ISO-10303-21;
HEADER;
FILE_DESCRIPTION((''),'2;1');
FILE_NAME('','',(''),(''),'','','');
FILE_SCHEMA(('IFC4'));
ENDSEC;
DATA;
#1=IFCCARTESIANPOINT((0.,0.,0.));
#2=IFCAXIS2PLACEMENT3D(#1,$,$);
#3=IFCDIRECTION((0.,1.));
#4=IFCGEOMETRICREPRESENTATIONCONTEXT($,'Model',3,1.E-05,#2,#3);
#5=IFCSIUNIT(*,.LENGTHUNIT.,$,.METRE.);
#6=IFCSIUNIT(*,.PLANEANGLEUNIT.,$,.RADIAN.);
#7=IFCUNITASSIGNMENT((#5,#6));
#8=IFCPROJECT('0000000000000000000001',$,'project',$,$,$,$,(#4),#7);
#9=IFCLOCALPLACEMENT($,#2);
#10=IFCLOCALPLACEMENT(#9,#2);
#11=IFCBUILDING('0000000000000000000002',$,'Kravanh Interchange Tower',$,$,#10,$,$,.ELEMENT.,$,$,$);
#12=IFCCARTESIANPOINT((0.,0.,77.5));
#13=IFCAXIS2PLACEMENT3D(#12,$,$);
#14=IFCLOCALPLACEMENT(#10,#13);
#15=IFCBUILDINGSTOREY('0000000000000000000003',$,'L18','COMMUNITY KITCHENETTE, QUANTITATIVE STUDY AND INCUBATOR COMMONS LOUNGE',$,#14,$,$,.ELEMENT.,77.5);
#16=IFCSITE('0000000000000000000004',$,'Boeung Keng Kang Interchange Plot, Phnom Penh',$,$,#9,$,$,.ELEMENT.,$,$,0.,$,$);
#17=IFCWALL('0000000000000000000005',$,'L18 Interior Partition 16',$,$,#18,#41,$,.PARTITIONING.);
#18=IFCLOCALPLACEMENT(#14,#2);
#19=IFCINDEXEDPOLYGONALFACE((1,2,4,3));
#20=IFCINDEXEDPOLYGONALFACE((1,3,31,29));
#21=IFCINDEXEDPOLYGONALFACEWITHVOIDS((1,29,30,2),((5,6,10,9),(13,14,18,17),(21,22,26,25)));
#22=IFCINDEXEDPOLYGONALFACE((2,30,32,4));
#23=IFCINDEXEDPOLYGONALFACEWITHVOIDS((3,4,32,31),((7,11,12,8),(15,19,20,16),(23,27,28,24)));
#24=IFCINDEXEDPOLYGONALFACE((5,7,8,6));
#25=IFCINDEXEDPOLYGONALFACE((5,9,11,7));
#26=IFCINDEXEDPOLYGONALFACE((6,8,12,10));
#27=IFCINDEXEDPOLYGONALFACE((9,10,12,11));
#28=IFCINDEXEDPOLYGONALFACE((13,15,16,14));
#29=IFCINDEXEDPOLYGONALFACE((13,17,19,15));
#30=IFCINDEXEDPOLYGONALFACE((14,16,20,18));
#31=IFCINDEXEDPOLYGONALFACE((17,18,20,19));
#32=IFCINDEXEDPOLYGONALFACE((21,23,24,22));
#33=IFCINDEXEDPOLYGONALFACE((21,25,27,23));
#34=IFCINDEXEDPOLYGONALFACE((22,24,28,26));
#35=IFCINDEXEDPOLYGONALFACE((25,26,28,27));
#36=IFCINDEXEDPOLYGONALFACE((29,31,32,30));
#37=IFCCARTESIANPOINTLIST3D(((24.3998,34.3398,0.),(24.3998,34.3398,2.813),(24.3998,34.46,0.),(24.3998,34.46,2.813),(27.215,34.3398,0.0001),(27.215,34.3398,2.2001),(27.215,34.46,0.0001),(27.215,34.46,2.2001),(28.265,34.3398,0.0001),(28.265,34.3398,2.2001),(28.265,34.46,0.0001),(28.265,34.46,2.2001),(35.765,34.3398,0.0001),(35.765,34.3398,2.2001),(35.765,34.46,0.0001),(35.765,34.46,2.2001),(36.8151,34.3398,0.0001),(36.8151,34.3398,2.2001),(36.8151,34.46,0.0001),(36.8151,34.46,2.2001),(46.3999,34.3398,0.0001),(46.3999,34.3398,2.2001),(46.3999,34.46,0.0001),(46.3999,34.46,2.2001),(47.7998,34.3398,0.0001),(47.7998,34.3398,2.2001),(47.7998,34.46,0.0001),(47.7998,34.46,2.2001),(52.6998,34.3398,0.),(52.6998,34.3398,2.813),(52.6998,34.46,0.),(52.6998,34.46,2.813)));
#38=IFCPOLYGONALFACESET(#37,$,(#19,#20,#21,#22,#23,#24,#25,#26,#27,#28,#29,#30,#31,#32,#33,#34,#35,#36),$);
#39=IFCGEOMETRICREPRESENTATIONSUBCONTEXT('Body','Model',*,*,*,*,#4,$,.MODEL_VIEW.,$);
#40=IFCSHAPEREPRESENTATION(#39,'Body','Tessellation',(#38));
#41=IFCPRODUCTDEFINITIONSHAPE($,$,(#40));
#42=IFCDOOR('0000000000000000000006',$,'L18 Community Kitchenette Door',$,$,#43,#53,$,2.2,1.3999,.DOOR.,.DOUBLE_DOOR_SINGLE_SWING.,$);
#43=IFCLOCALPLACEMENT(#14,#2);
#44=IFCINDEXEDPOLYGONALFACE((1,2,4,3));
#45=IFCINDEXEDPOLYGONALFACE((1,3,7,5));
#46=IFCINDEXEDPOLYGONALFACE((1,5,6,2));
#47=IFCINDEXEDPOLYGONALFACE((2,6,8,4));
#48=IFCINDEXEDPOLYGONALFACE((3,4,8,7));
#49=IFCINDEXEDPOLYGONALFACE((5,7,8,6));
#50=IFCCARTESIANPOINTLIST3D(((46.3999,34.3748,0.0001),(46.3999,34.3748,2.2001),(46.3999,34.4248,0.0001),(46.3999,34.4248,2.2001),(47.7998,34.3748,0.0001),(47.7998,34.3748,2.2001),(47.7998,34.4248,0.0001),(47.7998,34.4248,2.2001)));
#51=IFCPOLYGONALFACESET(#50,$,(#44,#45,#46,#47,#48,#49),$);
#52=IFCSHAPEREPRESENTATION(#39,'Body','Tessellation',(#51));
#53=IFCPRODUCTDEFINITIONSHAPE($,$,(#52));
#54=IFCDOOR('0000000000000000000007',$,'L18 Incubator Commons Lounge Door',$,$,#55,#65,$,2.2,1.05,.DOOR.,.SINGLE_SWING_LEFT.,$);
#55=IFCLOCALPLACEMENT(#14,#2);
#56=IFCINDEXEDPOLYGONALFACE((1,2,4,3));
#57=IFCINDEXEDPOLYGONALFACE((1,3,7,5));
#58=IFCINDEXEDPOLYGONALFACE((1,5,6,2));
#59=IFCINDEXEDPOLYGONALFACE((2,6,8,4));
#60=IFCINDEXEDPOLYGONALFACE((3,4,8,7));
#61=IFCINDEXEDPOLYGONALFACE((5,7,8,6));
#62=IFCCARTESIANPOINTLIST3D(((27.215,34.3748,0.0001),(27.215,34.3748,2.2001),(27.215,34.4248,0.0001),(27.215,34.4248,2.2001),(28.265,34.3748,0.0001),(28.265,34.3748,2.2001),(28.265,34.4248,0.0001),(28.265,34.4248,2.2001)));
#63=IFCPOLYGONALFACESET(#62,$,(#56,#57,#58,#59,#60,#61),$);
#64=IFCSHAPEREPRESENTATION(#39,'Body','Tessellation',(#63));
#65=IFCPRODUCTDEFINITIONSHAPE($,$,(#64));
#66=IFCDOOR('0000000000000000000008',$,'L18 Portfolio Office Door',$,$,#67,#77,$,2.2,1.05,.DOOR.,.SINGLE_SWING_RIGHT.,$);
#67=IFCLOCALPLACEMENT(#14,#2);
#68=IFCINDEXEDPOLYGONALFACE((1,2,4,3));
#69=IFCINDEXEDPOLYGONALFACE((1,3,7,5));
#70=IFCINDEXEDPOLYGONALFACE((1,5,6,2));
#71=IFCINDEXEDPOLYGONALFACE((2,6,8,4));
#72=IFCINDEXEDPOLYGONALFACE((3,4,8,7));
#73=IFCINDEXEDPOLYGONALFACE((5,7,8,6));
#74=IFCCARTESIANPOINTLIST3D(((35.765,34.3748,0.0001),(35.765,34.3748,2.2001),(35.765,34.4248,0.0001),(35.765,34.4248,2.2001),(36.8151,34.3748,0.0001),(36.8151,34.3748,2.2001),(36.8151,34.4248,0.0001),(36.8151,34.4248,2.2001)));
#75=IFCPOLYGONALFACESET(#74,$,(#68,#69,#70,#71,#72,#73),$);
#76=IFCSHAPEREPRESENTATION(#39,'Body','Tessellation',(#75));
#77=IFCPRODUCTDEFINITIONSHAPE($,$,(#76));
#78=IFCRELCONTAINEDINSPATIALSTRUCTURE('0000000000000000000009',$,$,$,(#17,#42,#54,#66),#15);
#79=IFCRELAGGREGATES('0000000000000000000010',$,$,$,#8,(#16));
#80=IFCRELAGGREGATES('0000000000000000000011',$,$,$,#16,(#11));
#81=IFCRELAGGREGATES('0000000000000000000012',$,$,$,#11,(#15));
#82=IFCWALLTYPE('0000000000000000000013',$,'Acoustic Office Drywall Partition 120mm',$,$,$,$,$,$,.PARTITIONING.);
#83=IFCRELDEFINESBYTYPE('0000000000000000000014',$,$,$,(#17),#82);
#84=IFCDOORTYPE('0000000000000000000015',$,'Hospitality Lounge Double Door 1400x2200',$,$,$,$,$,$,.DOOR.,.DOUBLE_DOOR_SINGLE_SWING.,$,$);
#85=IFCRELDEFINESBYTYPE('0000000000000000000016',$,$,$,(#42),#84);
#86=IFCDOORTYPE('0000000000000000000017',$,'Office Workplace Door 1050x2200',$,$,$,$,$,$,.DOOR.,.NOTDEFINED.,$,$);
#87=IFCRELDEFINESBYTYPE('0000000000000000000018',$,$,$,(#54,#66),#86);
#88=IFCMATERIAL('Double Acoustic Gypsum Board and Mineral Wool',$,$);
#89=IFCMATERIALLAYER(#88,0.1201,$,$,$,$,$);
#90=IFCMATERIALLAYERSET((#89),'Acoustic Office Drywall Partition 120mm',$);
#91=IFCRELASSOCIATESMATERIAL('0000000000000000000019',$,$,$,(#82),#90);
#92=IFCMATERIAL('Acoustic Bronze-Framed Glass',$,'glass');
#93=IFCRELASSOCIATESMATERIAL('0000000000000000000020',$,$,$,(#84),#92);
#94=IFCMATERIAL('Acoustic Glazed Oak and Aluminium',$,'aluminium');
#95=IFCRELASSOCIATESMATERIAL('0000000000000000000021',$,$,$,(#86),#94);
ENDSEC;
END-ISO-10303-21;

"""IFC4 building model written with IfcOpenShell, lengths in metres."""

from ifc_helpers import new_model, si_unit, direction, frame, frame_2d, origin, place, context, subcontext, project, spatial, rectangle, extrude, material, layer, layer_set, type_object, element, fill, save


model = new_model("IFC4")

# Units and contexts
model_context = context("Model", 3, precision=1e-05, world=origin(), true_north=direction((0.0, 1.0)))
body_context = subcontext(model_context, "Body", "Model", "MODEL_VIEW")
ifc_project = project(units=[si_unit("LENGTHUNIT", "METRE"), si_unit("PLANEANGLEUNIT", "RADIAN")], contexts=[model_context])

# Site, building, storey
site_placement = place(None, origin())
site = spatial("IfcSite", under=ifc_project, at=site_placement, Name="Boeung Keng Kang Interchange Plot, Phnom Penh", CompositionType="ELEMENT", RefElevation=0.0)
building_placement = place(site_placement, origin())
building = spatial("IfcBuilding", under=site, at=building_placement, Name="Kravanh Interchange Tower", CompositionType="ELEMENT")
storey_placement = place(building_placement, frame((0.0, 0.0, 77.5)))
storey = spatial("IfcBuildingStorey", under=building, at=storey_placement, Name="L18", Description="COMMUNITY KITCHENETTE, QUANTITATIVE STUDY AND INCUBATOR COMMONS LOUNGE", CompositionType="ELEMENT", Elevation=77.5)

# Wall, openings, doors
ifc_material_1 = material(Name="Double Acoustic Gypsum Board and Mineral Wool")
ifc_layer = layer(ifc_material_1, 0.1201)
ifc_layer_set = layer_set([ifc_layer], Name="Acoustic Office Drywall Partition 120mm")
wall_type = type_object("IfcWallType", Name="Acoustic Office Drywall Partition 120mm", PredefinedType="PARTITIONING", material=ifc_layer_set)
wall_placement = place(storey_placement, frame((24.3999, 34.3999, 0.0), z_axis=(0.0, 0.0, 1.0), x_axis=(1.0, 0.0, 0.0)))
wall = element("IfcWall", 1, at=wall_placement, inside=storey, type_object=wall_type, Name="L18 Interior Partition 16", PredefinedType="PARTITIONING", context=body_context, shape_type="SweptSolid", body=[
    extrude(rectangle(XDim=28.3, YDim=0.1201, at=frame_2d((14.1499, 0.0))), origin(), (0.0, 0.0, 1.0), 2.813),
])
opening_1_placement = place(wall_placement, frame((2.8152, 0.0, 0.0)))
opening_1 = element("IfcOpeningElement", 2, at=opening_1_placement, cuts=wall, PredefinedType="OPENING", context=body_context, shape_type="SweptSolid", body=[
    extrude(rectangle(XDim=1.05, YDim=2.2, at=frame_2d((0.5249, 1.1001))), frame((0.0, 0.0701, 0.0), z_axis=(0.0, -1.0, 0.0), x_axis=(1.0, 0.0, 0.0)), (0.0, 0.0, 1.0), 0.1401),
])
opening_2_placement = place(wall_placement, frame((11.3652, 0.0, 0.0)))
opening_2 = element("IfcOpeningElement", 3, at=opening_2_placement, cuts=wall, PredefinedType="OPENING", context=body_context, shape_type="SweptSolid", body=[
    extrude(rectangle(XDim=1.05, YDim=2.2, at=frame_2d((0.5249, 1.1001))), frame((0.0, 0.0701, 0.0), z_axis=(0.0, -1.0, 0.0), x_axis=(1.0, 0.0, 0.0)), (0.0, 0.0, 1.0), 0.1401),
])
opening_3_placement = place(wall_placement, frame((22.0, 0.0, 0.0)))
opening_3 = element("IfcOpeningElement", 4, at=opening_3_placement, cuts=wall, PredefinedType="OPENING", context=body_context, shape_type="SweptSolid", body=[
    extrude(rectangle(XDim=1.3999, YDim=2.2, at=frame_2d((0.7, 1.1001))), frame((0.0, 0.0701, 0.0), z_axis=(0.0, -1.0, 0.0), x_axis=(1.0, 0.0, 0.0)), (0.0, 0.0, 1.0), 0.1401),
])
ifc_material_2 = material(Name="Acoustic Bronze-Framed Glass", Category="glass")
door_type_1 = type_object("IfcDoorType", Name="Hospitality Lounge Double Door 1400x2200", OperationType="DOUBLE_DOOR_SINGLE_SWING", PredefinedType="DOOR", material=ifc_material_2)
door_1_placement = place(opening_3_placement, origin())
door_1 = element("IfcDoor", 5, at=door_1_placement, inside=storey, type_object=door_type_1, Name="L18 Community Kitchenette Door", OperationType="DOUBLE_DOOR_SINGLE_SWING", OverallHeight=2.2, OverallWidth=1.3999, PredefinedType="DOOR", context=body_context, shape_type="SweptSolid", body=[
    extrude(rectangle(XDim=1.3999, YDim=2.2, at=frame_2d((0.7, 1.1001))), frame((0.0, 0.0249, 0.0), z_axis=(0.0, -1.0, 0.0), x_axis=(1.0, 0.0, 0.0)), (0.0, 0.0, 1.0), 0.05),
])
fill(opening_3, door_1)
ifc_material_3 = material(Name="Acoustic Glazed Oak and Aluminium", Category="aluminium")
door_type_2 = type_object("IfcDoorType", Name="Office Workplace Door 1050x2200", OperationType="NOTDEFINED", PredefinedType="DOOR", material=ifc_material_3)
door_2_placement = place(opening_1_placement, origin())
door_2 = element("IfcDoor", 6, at=door_2_placement, inside=storey, type_object=door_type_2, Name="L18 Incubator Commons Lounge Door", OperationType="SINGLE_SWING_LEFT", OverallHeight=2.2, OverallWidth=1.05, PredefinedType="DOOR", context=body_context, shape_type="SweptSolid", body=[
    extrude(rectangle(XDim=1.05, YDim=2.2, at=frame_2d((0.5249, 1.1001))), frame((0.0, 0.0249, 0.0), z_axis=(0.0, -1.0, 0.0), x_axis=(1.0, 0.0, 0.0)), (0.0, 0.0, 1.0), 0.05),
])
fill(opening_1, door_2)
door_3_placement = place(opening_2_placement, origin())
door_3 = element("IfcDoor", 7, at=door_3_placement, inside=storey, type_object=door_type_2, Name="L18 Portfolio Office Door", OperationType="SINGLE_SWING_RIGHT", OverallHeight=2.2, OverallWidth=1.05, PredefinedType="DOOR", context=body_context, shape_type="SweptSolid", body=[
    extrude(rectangle(XDim=1.05, YDim=2.2, at=frame_2d((0.5249, 1.1001))), frame((0.0, 0.0249, 0.0), z_axis=(0.0, -1.0, 0.0), x_axis=(1.0, 0.0, 0.0)), (0.0, 0.0, 1.0), 0.05),
])
fill(opening_2, door_3)

save(model, "model.ifc")
